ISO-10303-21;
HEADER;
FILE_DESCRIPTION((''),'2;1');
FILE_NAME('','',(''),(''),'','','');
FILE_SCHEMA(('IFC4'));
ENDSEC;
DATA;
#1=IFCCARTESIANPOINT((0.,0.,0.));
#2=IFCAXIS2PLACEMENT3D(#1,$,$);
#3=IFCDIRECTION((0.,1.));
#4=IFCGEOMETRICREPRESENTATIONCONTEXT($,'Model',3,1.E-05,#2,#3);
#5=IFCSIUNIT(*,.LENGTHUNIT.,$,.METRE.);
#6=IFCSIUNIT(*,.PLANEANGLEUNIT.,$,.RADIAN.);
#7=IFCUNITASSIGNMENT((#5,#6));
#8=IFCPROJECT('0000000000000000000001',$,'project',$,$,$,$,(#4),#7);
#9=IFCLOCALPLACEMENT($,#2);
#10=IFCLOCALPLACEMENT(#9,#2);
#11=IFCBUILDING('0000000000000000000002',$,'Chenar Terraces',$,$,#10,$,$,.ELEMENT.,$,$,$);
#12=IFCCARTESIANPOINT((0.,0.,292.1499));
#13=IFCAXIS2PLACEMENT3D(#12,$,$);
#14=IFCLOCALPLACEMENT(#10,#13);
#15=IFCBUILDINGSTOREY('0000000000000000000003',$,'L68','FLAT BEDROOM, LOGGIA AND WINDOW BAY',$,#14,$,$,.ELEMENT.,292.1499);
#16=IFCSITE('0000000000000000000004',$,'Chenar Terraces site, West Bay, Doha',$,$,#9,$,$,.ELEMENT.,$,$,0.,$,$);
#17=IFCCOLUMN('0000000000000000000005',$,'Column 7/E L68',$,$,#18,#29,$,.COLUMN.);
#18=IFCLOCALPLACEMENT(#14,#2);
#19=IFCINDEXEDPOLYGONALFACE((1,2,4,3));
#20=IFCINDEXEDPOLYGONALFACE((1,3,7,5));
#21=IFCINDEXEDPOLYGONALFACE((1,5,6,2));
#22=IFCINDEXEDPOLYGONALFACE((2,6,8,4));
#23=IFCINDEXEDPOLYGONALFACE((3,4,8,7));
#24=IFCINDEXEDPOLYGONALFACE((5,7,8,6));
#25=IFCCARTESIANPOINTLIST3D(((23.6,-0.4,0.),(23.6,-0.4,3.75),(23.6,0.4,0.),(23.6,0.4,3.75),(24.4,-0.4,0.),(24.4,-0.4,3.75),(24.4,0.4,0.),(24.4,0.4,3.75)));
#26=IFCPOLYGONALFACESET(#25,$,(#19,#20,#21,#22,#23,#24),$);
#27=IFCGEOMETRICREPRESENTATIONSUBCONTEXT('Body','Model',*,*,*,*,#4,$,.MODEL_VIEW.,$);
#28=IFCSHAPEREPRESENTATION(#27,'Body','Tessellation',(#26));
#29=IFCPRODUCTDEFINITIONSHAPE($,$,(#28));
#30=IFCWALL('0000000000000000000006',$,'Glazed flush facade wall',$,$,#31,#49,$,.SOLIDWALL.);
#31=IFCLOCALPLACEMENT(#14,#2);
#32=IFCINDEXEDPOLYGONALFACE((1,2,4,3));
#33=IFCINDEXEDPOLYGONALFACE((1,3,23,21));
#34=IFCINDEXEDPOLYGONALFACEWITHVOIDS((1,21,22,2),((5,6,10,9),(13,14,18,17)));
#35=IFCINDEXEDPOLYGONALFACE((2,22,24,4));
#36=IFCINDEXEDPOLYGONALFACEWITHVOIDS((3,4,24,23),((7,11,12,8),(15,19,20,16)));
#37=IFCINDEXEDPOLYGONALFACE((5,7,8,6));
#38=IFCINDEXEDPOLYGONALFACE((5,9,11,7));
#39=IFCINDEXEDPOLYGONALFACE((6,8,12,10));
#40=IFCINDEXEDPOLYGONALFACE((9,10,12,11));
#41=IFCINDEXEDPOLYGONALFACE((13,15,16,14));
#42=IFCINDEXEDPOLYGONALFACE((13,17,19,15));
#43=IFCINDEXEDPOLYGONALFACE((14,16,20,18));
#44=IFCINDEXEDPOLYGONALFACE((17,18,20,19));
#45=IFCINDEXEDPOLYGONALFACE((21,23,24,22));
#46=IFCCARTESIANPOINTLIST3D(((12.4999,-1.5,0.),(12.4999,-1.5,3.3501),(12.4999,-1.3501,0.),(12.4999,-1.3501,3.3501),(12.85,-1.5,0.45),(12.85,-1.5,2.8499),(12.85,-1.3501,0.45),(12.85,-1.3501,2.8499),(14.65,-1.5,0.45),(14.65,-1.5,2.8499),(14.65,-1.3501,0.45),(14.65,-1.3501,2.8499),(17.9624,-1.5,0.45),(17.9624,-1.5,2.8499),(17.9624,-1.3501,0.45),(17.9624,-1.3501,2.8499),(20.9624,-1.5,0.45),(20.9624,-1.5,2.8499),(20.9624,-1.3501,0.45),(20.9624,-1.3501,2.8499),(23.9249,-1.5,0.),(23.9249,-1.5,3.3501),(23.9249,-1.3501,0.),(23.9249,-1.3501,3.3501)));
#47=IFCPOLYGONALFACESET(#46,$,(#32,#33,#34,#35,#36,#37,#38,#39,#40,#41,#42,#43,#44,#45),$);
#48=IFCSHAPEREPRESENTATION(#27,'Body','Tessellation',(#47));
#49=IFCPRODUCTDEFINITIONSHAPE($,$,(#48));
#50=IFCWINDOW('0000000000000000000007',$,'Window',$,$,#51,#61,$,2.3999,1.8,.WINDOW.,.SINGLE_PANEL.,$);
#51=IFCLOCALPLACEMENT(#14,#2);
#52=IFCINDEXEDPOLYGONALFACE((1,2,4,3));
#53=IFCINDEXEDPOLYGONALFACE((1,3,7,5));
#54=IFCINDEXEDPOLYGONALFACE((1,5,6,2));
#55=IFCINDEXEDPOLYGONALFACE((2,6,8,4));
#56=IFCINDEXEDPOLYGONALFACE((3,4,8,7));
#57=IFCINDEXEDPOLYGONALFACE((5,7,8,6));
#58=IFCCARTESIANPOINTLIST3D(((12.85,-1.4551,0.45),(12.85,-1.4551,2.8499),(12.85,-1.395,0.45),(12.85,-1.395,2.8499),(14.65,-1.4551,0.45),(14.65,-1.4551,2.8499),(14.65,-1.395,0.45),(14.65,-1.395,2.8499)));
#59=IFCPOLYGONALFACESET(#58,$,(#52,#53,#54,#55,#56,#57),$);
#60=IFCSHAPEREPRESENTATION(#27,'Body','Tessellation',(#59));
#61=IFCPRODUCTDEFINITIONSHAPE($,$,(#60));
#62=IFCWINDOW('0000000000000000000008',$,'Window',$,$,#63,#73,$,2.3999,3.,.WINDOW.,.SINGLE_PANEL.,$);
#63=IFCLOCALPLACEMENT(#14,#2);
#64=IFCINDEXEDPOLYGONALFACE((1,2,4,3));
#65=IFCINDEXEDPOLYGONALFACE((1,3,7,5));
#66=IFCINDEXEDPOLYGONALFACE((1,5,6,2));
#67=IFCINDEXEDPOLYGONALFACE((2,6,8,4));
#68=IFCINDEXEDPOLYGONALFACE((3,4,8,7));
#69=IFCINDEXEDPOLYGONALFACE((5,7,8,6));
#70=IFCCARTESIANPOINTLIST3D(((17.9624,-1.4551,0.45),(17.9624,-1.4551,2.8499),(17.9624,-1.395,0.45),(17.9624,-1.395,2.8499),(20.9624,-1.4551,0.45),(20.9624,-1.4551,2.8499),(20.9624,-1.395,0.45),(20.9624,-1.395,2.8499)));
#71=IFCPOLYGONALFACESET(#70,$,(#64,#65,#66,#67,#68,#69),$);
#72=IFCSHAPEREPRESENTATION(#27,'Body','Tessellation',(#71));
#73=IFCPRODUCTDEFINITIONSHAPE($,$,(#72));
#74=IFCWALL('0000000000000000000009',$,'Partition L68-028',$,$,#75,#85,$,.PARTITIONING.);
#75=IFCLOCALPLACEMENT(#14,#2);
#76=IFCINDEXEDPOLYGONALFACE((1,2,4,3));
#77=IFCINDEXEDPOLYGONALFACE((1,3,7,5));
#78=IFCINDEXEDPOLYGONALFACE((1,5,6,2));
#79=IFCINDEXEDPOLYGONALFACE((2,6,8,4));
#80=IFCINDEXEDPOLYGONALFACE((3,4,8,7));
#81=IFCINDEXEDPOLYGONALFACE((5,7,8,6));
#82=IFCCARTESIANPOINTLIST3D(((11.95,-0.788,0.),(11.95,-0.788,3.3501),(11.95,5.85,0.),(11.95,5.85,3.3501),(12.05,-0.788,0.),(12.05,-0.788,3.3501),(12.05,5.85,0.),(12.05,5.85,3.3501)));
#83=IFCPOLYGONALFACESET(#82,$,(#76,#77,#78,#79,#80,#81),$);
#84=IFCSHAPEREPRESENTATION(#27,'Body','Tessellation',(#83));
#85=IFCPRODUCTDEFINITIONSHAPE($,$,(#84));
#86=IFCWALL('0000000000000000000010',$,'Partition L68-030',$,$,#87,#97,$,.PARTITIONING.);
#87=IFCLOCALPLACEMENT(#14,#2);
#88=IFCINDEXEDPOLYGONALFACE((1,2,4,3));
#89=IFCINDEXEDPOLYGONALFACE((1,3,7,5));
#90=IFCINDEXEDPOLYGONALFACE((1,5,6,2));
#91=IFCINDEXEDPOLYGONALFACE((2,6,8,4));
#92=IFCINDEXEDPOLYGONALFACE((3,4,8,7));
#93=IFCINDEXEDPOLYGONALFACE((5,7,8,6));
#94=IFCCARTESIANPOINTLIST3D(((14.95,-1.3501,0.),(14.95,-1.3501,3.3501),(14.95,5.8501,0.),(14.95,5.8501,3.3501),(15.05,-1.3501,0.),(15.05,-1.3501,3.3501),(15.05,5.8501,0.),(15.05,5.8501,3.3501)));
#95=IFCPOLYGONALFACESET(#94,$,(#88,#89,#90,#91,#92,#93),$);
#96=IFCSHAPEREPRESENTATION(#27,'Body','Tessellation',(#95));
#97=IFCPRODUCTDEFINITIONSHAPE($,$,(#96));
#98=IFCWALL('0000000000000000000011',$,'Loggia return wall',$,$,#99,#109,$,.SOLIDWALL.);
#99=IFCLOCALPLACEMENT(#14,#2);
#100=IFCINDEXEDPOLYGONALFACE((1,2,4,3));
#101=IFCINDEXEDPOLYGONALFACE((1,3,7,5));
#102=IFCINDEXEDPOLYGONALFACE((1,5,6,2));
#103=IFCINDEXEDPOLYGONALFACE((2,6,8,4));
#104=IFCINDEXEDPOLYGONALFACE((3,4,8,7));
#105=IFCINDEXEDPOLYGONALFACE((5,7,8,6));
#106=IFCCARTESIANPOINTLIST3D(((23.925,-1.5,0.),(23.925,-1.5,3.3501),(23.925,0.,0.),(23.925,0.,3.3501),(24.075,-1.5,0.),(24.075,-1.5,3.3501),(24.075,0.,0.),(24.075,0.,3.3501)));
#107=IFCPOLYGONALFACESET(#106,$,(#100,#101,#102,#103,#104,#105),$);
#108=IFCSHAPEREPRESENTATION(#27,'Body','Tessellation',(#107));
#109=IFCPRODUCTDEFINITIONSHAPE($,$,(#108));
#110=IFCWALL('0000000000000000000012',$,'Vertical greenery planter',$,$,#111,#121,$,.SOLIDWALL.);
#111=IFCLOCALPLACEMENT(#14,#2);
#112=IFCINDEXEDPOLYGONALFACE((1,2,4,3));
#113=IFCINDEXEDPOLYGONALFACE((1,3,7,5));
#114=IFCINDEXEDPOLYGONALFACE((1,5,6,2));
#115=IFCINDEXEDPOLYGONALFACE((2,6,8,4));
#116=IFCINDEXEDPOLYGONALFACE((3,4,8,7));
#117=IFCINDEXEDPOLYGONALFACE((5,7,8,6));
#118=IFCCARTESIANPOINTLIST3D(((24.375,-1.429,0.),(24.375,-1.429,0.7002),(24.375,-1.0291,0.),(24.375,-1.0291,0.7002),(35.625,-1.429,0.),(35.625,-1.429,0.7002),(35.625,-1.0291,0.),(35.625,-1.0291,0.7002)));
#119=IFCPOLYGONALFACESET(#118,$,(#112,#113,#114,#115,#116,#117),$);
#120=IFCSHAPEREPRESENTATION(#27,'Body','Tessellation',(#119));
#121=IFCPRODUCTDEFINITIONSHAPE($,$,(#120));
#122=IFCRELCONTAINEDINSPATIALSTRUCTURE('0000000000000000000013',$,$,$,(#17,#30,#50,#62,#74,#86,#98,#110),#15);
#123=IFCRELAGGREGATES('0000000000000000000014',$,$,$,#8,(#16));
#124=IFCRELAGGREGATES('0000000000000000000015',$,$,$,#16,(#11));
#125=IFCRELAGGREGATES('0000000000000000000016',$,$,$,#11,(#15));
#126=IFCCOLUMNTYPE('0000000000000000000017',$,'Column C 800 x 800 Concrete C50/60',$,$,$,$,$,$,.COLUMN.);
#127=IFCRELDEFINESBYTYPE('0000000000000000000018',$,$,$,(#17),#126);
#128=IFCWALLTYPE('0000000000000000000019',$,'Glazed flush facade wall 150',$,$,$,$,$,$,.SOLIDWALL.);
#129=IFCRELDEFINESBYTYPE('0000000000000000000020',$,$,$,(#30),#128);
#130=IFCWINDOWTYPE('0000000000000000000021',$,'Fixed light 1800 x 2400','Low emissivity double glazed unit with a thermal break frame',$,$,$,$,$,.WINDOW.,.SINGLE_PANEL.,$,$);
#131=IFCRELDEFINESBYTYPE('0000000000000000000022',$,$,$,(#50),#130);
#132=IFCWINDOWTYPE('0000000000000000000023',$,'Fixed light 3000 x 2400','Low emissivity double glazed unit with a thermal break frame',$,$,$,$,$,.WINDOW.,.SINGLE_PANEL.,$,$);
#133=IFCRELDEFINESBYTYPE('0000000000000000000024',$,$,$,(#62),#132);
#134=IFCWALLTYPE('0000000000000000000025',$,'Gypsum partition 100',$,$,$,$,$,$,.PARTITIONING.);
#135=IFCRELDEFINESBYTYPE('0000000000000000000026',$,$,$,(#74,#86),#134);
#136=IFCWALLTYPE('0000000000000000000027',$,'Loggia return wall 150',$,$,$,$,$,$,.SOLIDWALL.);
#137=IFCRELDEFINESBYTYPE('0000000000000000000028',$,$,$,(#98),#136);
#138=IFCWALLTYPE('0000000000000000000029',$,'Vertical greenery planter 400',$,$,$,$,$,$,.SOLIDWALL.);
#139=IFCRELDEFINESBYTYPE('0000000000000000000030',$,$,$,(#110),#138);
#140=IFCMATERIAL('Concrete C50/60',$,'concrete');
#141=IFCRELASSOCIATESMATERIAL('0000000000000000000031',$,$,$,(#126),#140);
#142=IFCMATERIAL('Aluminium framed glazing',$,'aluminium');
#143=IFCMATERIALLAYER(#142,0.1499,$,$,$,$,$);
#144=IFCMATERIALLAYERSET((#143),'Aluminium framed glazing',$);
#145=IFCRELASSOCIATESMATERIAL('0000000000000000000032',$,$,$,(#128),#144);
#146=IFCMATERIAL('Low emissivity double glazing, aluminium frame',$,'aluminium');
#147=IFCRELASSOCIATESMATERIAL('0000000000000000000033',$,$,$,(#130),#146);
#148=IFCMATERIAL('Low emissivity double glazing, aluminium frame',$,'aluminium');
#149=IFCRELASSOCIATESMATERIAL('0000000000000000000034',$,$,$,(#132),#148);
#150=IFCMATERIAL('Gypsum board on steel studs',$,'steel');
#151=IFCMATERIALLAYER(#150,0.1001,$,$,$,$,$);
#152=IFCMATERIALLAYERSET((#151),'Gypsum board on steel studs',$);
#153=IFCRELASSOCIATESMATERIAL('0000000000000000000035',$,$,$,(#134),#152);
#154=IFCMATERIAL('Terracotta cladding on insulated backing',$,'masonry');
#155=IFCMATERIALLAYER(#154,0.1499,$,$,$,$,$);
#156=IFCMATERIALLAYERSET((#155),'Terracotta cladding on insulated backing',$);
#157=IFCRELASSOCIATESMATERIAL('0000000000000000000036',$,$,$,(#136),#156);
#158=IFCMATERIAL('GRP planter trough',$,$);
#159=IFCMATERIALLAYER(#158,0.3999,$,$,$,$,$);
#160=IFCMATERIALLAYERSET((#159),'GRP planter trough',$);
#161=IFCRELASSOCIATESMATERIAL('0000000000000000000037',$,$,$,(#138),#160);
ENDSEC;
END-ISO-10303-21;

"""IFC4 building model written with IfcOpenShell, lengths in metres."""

from ifc_helpers import new_model, si_unit, direction, frame, frame_2d, origin, origin_2d, place, context, subcontext, project, spatial, rectangle, extrude, material, layer, layer_set, material_profile, profile_set, type_object, element, fill, save


model = new_model("IFC4")

# Units and contexts
model_context = context("Model", 3, precision=1e-05, world=origin(), true_north=direction((0.0, 1.0)))
body_context = subcontext(model_context, "Body", "Model", "MODEL_VIEW")
ifc_project = project(units=[si_unit("LENGTHUNIT", "METRE"), si_unit("PLANEANGLEUNIT", "RADIAN")], contexts=[model_context])

# Site, building, storey
site_placement = place(None, origin())
site = spatial("IfcSite", under=ifc_project, at=site_placement, Name="Chenar Terraces site, West Bay, Doha", CompositionType="ELEMENT", RefElevation=0.0)
building_placement = place(site_placement, origin())
building = spatial("IfcBuilding", under=site, at=building_placement, Name="Chenar Terraces", CompositionType="ELEMENT")
storey_placement = place(building_placement, frame((0.0, 0.0, 292.1499)))
storey = spatial("IfcBuildingStorey", under=building, at=storey_placement, Name="L68", Description="FLAT BEDROOM, LOGGIA AND WINDOW BAY", CompositionType="ELEMENT", Elevation=292.1499)

# Column
ifc_material_1 = material(Name="Concrete C50/60", Category="concrete")
ifc_material_profile = material_profile(ifc_material_1, rectangle(XDim=0.8, YDim=0.8, at=origin_2d()), Name="C 800 x 800")
ifc_profile_set = profile_set([ifc_material_profile], Name="Concrete C50/60")
column_type = type_object("IfcColumnType", Name="Column C 800 x 800 Concrete C50/60", PredefinedType="COLUMN", material=ifc_profile_set)
column_placement = place(storey_placement, frame((24.0, 0.0, 0.0), z_axis=(0.0, 0.0, 1.0), x_axis=(1.0, 0.0, 0.0)))
element("IfcColumn", 1, at=column_placement, inside=storey, type_object=column_type, Name="Column 7/E L68", PredefinedType="COLUMN", context=body_context, shape_type="SweptSolid", body=[
    extrude(rectangle(XDim=0.8, YDim=0.8, at=origin_2d()), origin(), (0.0, 0.0, 1.0), 3.75),
])

# Wall, openings, windows
ifc_material_2 = material(Name="Aluminium framed glazing", Category="aluminium")
ifc_layer_1 = layer(ifc_material_2, 0.1499)
ifc_layer_set_1 = layer_set([ifc_layer_1], Name="Aluminium framed glazing")
wall_type_1 = type_object("IfcWallType", Name="Glazed flush facade wall 150", PredefinedType="SOLIDWALL", material=ifc_layer_set_1)
wall_1_placement = place(storey_placement, frame((12.5, -1.425, 0.0), z_axis=(0.0, 0.0, 1.0), x_axis=(1.0, 0.0, 0.0)))
wall_1 = element("IfcWall", 2, at=wall_1_placement, inside=storey, type_object=wall_type_1, Name="Glazed flush facade wall", PredefinedType="SOLIDWALL", context=body_context, shape_type="SweptSolid", body=[
    extrude(rectangle(XDim=11.425, YDim=0.1499, at=frame_2d((5.7124, 0.0))), origin(), (0.0, 0.0, 1.0), 3.3501),
])
opening_1_placement = place(wall_1_placement, frame((0.3501, 0.0, 0.45)))
opening_1 = element("IfcOpeningElement", 3, at=opening_1_placement, cuts=wall_1, PredefinedType="OPENING", context=body_context, shape_type="SweptSolid", body=[
    extrude(rectangle(XDim=1.8, YDim=2.3999, at=frame_2d((0.8999, 1.2))), frame((0.0, 0.085, 0.0), z_axis=(0.0, -1.0, 0.0), x_axis=(1.0, 0.0, 0.0)), (0.0, 0.0, 1.0), 0.1699),
])
opening_2_placement = place(wall_1_placement, frame((5.4624, 0.0, 0.45)))
opening_2 = element("IfcOpeningElement", 4, at=opening_2_placement, cuts=wall_1, PredefinedType="OPENING", context=body_context, shape_type="SweptSolid", body=[
    extrude(rectangle(XDim=3.0, YDim=2.3999, at=frame_2d((1.5, 1.2))), frame((0.0, 0.085, 0.0), z_axis=(0.0, -1.0, 0.0), x_axis=(1.0, 0.0, 0.0)), (0.0, 0.0, 1.0), 0.1699),
])
ifc_material_3 = material(Name="Low emissivity double glazing, aluminium frame", Category="aluminium")
window_type_1 = type_object("IfcWindowType", Name="Fixed light 1800 x 2400", Description="Low emissivity double glazed unit with a thermal break frame", PartitioningType="SINGLE_PANEL", PredefinedType="WINDOW", material=ifc_material_3)
window_1_placement = place(opening_1_placement, origin())
window_1 = element("IfcWindow", 5, at=window_1_placement, inside=storey, type_object=window_type_1, Name="Window", OverallHeight=2.3999, OverallWidth=1.8, PartitioningType="SINGLE_PANEL", PredefinedType="WINDOW", context=body_context, shape_type="SweptSolid", body=[
    extrude(rectangle(XDim=1.8, YDim=2.3999, at=frame_2d((0.8999, 1.2))), frame((0.0, 0.03, 0.0), z_axis=(0.0, -1.0, 0.0), x_axis=(1.0, 0.0, 0.0)), (0.0, 0.0, 1.0), 0.0601),
])
fill(opening_1, window_1)
ifc_material_4 = material(Name="Low emissivity double glazing, aluminium frame", Category="aluminium")
window_type_2 = type_object("IfcWindowType", Name="Fixed light 3000 x 2400", Description="Low emissivity double glazed unit with a thermal break frame", PartitioningType="SINGLE_PANEL", PredefinedType="WINDOW", material=ifc_material_4)
window_2_placement = place(opening_2_placement, origin())
window_2 = element("IfcWindow", 6, at=window_2_placement, inside=storey, type_object=window_type_2, Name="Window", OverallHeight=2.3999, OverallWidth=3.0, PartitioningType="SINGLE_PANEL", PredefinedType="WINDOW", context=body_context, shape_type="SweptSolid", body=[
    extrude(rectangle(XDim=3.0, YDim=2.3999, at=frame_2d((1.5, 1.2))), frame((0.0, 0.03, 0.0), z_axis=(0.0, -1.0, 0.0), x_axis=(1.0, 0.0, 0.0)), (0.0, 0.0, 1.0), 0.0601),
])
fill(opening_2, window_2)

# Walls
ifc_material_5 = material(Name="Gypsum board on steel studs", Category="steel")
ifc_layer_2 = layer(ifc_material_5, 0.1001)
ifc_layer_set_2 = layer_set([ifc_layer_2], Name="Gypsum board on steel studs")
wall_type_2 = type_object("IfcWallType", Name="Gypsum partition 100", PredefinedType="PARTITIONING", material=ifc_layer_set_2)
wall_2_placement = place(storey_placement, frame((12.0, -0.7878, 0.0), z_axis=(0.0, 0.0, 1.0), x_axis=(0.0, 1.0, 0.0)))
element("IfcWall", 7, at=wall_2_placement, inside=storey, type_object=wall_type_2, Name="Partition L68-028", PredefinedType="PARTITIONING", context=body_context, shape_type="SweptSolid", body=[
    extrude(rectangle(XDim=6.6379, YDim=0.1001, at=frame_2d((3.3188, 0.0))), origin(), (0.0, 0.0, 1.0), 3.3501),
])
wall_3_placement = place(storey_placement, frame((15.0, -1.3501, 0.0), z_axis=(0.0, 0.0, 1.0), x_axis=(0.0, 1.0, 0.0)))
element("IfcWall", 8, at=wall_3_placement, inside=storey, type_object=wall_type_2, Name="Partition L68-030", PredefinedType="PARTITIONING", context=body_context, shape_type="SweptSolid", body=[
    extrude(rectangle(XDim=7.2002, YDim=0.1001, at=frame_2d((3.6001, 0.0))), origin(), (0.0, 0.0, 1.0), 3.3501),
])
ifc_material_6 = material(Name="Terracotta cladding on insulated backing", Category="masonry")
ifc_layer_3 = layer(ifc_material_6, 0.1499)
ifc_layer_set_3 = layer_set([ifc_layer_3], Name="Terracotta cladding on insulated backing")
wall_type_3 = type_object("IfcWallType", Name="Loggia return wall 150", PredefinedType="SOLIDWALL", material=ifc_layer_set_3)
wall_4_placement = place(storey_placement, frame((24.0, -1.5, 0.0), z_axis=(0.0, 0.0, 1.0), x_axis=(0.0, 1.0, 0.0)))
element("IfcWall", 9, at=wall_4_placement, inside=storey, type_object=wall_type_3, Name="Loggia return wall", PredefinedType="SOLIDWALL", context=body_context, shape_type="SweptSolid", body=[
    extrude(rectangle(XDim=1.5, YDim=0.1499, at=frame_2d((0.75, 0.0))), origin(), (0.0, 0.0, 1.0), 3.3501),
])
ifc_material_7 = material(Name="GRP planter trough")
ifc_layer_4 = layer(ifc_material_7, 0.3999)
ifc_layer_set_4 = layer_set([ifc_layer_4], Name="GRP planter trough")
wall_type_4 = type_object("IfcWallType", Name="Vertical greenery planter 400", PredefinedType="SOLIDWALL", material=ifc_layer_set_4)
wall_5_placement = place(storey_placement, frame((24.375, -1.229, 0.0), z_axis=(0.0, 0.0, 1.0), x_axis=(1.0, 0.0, 0.0)))
element("IfcWall", 10, at=wall_5_placement, inside=storey, type_object=wall_type_4, Name="Vertical greenery planter", PredefinedType="SOLIDWALL", context=body_context, shape_type="SweptSolid", body=[
    extrude(rectangle(XDim=11.25, YDim=0.3999, at=frame_2d((5.625, 0.0))), origin(), (0.0, 0.0, 1.0), 0.7002),
])

save(model, "model.ifc")
